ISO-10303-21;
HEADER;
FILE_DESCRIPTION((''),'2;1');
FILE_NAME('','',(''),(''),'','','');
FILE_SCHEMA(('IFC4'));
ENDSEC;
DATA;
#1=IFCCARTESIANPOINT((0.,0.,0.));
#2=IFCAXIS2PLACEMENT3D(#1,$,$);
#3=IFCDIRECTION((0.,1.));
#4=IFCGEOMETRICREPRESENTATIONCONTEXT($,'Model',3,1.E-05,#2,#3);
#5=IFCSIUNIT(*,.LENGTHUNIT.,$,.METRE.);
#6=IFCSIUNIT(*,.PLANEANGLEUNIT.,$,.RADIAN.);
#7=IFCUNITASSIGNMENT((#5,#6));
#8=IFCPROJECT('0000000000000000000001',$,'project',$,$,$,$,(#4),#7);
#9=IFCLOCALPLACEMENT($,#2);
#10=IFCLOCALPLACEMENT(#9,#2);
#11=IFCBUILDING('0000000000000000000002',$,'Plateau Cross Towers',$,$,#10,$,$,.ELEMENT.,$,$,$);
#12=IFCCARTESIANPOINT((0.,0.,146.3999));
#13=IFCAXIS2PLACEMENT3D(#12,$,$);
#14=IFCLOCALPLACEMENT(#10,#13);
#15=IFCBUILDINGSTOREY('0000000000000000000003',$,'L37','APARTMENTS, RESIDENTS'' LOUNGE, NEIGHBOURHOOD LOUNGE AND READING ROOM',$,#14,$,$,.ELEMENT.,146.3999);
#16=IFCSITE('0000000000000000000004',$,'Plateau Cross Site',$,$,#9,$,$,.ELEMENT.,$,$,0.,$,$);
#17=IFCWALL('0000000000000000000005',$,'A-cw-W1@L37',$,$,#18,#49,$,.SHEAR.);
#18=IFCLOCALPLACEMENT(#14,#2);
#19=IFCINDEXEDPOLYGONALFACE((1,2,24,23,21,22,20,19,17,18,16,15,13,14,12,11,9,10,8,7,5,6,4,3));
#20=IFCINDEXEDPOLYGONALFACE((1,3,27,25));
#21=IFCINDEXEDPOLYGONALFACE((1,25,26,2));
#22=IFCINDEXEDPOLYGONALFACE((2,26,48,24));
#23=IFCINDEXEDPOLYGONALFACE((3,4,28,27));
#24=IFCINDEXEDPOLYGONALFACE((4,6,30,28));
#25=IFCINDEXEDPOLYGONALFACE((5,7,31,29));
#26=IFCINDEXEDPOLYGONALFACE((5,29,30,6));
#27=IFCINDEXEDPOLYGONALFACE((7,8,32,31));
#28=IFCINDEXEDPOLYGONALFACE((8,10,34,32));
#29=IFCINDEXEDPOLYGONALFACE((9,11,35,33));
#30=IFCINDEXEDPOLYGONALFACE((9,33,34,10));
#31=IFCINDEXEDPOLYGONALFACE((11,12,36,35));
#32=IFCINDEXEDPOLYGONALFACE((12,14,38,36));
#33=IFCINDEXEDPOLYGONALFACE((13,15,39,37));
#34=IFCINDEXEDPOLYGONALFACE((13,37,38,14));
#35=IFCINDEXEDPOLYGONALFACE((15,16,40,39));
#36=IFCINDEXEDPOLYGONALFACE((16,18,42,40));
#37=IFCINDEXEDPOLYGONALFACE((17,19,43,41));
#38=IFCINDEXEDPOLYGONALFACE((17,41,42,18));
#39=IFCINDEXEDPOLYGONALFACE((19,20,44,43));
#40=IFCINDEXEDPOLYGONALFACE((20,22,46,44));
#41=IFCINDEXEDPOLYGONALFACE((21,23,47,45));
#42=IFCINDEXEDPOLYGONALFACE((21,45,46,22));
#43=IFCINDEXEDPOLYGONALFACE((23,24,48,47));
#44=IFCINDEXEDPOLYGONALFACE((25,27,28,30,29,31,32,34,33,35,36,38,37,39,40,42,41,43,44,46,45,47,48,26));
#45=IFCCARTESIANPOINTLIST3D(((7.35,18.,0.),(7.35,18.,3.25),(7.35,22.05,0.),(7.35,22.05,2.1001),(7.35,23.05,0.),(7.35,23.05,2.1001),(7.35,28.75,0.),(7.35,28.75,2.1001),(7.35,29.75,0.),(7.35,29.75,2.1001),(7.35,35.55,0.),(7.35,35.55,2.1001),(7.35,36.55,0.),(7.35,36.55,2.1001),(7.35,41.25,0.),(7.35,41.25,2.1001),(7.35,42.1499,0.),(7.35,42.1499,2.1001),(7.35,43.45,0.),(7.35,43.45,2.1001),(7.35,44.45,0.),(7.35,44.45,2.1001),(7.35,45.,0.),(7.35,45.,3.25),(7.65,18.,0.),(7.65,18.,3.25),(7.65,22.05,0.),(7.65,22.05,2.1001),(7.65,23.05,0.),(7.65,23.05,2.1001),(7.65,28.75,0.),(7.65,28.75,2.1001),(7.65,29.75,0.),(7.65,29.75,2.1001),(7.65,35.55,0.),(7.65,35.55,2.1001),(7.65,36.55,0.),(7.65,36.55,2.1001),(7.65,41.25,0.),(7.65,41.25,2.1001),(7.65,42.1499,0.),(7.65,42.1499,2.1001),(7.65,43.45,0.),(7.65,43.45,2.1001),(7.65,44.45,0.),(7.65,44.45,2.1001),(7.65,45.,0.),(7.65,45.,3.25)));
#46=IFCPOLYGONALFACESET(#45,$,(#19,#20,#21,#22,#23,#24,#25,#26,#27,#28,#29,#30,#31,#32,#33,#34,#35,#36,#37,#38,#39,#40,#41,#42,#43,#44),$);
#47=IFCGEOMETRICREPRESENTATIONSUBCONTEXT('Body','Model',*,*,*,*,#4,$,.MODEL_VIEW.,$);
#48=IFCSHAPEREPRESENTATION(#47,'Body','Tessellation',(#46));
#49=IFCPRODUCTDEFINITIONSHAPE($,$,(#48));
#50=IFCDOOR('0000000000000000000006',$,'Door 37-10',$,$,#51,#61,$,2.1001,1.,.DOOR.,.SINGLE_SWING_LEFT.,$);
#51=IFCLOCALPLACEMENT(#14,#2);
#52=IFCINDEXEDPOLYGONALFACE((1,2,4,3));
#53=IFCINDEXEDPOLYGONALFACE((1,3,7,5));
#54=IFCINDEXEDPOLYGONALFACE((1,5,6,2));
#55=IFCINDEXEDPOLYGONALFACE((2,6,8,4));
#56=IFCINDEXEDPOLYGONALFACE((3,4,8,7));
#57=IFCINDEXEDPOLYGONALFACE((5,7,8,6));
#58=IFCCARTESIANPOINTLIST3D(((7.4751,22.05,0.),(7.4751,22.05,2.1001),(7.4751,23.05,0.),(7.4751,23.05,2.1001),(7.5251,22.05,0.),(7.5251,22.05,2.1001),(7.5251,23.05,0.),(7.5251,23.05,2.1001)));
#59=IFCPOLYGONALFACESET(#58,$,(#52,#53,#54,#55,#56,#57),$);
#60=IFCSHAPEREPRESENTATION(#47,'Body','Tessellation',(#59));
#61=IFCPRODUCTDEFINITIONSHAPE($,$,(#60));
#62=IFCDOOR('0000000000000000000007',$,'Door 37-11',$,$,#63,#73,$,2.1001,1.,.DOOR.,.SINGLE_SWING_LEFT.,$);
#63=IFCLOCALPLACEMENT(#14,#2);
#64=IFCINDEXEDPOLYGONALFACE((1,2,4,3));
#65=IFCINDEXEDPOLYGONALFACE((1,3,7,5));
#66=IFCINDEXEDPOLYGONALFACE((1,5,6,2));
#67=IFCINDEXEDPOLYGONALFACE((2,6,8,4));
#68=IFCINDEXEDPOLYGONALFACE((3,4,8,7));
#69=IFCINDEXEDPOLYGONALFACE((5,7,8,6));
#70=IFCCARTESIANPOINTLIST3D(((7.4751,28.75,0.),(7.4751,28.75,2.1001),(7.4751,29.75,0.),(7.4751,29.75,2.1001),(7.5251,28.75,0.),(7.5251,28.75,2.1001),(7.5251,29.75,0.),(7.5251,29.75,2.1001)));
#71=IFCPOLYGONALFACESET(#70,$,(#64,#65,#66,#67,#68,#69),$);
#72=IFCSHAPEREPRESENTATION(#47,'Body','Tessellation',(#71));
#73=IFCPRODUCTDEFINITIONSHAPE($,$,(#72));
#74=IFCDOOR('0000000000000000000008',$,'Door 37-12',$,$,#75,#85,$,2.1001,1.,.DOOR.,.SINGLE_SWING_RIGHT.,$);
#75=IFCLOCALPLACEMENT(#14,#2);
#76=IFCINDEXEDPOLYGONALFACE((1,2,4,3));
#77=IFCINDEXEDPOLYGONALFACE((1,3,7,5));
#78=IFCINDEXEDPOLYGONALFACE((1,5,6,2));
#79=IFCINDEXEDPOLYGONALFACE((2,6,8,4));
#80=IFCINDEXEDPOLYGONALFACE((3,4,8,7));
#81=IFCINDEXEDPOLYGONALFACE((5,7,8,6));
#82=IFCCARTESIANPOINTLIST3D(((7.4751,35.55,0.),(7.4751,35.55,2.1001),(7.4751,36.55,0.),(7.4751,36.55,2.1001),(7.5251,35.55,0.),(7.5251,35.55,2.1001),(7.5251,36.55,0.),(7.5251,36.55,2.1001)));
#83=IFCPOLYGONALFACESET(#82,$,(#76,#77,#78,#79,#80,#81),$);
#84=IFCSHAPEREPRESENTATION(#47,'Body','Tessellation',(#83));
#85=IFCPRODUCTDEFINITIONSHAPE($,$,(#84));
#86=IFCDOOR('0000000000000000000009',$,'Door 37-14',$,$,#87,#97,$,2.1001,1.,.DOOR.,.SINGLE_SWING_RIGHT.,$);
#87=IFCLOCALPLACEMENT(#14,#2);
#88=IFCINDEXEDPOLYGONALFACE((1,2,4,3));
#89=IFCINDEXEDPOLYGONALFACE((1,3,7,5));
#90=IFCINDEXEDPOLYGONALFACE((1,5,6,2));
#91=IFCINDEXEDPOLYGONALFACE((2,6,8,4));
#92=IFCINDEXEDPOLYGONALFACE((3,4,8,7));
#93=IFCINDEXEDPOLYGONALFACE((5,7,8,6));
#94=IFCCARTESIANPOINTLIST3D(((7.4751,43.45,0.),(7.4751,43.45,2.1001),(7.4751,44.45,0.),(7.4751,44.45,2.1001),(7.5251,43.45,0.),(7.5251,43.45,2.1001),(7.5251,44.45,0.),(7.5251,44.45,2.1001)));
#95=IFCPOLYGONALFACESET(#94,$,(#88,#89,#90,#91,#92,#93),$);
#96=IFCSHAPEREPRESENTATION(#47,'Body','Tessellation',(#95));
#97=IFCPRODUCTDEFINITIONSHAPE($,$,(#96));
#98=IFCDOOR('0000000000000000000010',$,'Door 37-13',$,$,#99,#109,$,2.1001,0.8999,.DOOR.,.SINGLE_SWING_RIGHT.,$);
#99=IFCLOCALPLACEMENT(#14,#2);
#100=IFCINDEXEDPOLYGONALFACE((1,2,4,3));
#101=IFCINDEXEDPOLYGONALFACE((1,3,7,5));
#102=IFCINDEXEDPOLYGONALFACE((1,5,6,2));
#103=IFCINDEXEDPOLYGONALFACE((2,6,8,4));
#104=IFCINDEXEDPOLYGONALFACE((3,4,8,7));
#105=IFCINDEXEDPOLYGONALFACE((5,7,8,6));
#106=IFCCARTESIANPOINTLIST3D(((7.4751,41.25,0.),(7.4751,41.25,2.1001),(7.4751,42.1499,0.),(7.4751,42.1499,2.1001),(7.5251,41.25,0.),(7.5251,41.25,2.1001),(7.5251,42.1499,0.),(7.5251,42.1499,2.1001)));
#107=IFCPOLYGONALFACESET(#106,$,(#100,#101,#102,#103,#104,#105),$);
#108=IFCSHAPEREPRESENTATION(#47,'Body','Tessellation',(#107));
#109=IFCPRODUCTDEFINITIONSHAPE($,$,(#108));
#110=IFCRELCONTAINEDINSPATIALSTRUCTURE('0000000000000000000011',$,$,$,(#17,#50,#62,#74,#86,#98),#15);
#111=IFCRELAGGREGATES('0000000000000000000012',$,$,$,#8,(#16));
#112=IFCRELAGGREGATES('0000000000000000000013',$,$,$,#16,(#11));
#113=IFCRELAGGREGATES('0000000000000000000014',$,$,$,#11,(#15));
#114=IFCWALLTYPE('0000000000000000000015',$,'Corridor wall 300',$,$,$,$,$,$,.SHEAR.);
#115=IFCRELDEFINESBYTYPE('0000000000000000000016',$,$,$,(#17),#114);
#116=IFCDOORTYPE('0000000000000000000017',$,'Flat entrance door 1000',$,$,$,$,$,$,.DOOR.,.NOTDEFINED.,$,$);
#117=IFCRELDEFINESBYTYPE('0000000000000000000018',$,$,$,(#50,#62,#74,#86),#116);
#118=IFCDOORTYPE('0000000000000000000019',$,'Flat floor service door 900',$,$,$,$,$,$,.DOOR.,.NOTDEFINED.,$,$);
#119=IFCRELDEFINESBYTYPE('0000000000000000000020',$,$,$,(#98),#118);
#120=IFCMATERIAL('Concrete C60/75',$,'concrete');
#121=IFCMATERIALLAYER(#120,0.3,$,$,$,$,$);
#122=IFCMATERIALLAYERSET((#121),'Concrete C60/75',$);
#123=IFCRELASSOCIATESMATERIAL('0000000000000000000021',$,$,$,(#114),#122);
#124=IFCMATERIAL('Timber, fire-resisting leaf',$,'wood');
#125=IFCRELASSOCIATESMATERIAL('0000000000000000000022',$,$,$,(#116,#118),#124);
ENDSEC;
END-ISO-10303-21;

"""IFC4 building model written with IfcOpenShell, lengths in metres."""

from ifc_helpers import new_model, si_unit, direction, frame, frame_2d, origin, place, context, subcontext, project, spatial, rectangle, extrude, material, layer, layer_set, type_object, element, fill, save


model = new_model("IFC4")

# Units and contexts
model_context = context("Model", 3, precision=1e-05, world=origin(), true_north=direction((0.0, 1.0)))
body_context = subcontext(model_context, "Body", "Model", "MODEL_VIEW")
ifc_project = project(units=[si_unit("LENGTHUNIT", "METRE"), si_unit("PLANEANGLEUNIT", "RADIAN")], contexts=[model_context])

# Site, building, storey
site_placement = place(None, origin())
site = spatial("IfcSite", under=ifc_project, at=site_placement, Name="Plateau Cross Site", CompositionType="ELEMENT", RefElevation=0.0)
building_placement = place(site_placement, origin())
building = spatial("IfcBuilding", under=site, at=building_placement, Name="Plateau Cross Towers", CompositionType="ELEMENT")
storey_placement = place(building_placement, frame((0.0, 0.0, 146.3999)))
storey = spatial("IfcBuildingStorey", under=building, at=storey_placement, Name="L37", Description="APARTMENTS, RESIDENTS' LOUNGE, NEIGHBOURHOOD LOUNGE AND READING ROOM", CompositionType="ELEMENT", Elevation=146.3999)

# Wall, openings, doors
ifc_material_1 = material(Name="Concrete C60/75", Category="concrete")
ifc_layer_1 = layer(ifc_material_1, 0.3)
ifc_layer_set_1 = layer_set([ifc_layer_1], Name="Concrete C60/75")
wall_type_1 = type_object("IfcWallType", Name="Corridor wall 300", PredefinedType="SHEAR", material=ifc_layer_set_1)
wall_1_placement = place(storey_placement, frame((7.5, 18.0, 0.0), z_axis=(0.0, 0.0, 1.0), x_axis=(0.0, 1.0, 0.0)))
wall_1 = element("IfcWall", 1, at=wall_1_placement, inside=storey, type_object=wall_type_1, Name="A-cw-W1@L37", PredefinedType="SHEAR", context=body_context, shape_type="SweptSolid", body=[
    extrude(rectangle(XDim=27.0, YDim=0.3, at=frame_2d((13.5, 0.0))), origin(), (0.0, 0.0, 1.0), 3.25),
])
opening_1_placement = place(wall_1_placement, frame((4.05, 0.0, 0.0)))
opening_1 = element("IfcOpeningElement", 2, at=opening_1_placement, cuts=wall_1, PredefinedType="OPENING", context=body_context, shape_type="SweptSolid", body=[
    extrude(rectangle(XDim=1.0, YDim=2.1001, at=frame_2d((0.5, 1.05))), frame((0.0, 0.1599, 0.0), z_axis=(0.0, -1.0, 0.0), x_axis=(1.0, 0.0, 0.0)), (0.0, 0.0, 1.0), 0.3201),
])
opening_2_placement = place(wall_1_placement, frame((10.75, 0.0, 0.0)))
opening_2 = element("IfcOpeningElement", 3, at=opening_2_placement, cuts=wall_1, PredefinedType="OPENING", context=body_context, shape_type="SweptSolid", body=[
    extrude(rectangle(XDim=1.0, YDim=2.1001, at=frame_2d((0.5, 1.05))), frame((0.0, 0.1599, 0.0), z_axis=(0.0, -1.0, 0.0), x_axis=(1.0, 0.0, 0.0)), (0.0, 0.0, 1.0), 0.3201),
])
opening_3_placement = place(wall_1_placement, frame((17.55, 0.0, 0.0)))
opening_3 = element("IfcOpeningElement", 4, at=opening_3_placement, cuts=wall_1, PredefinedType="OPENING", context=body_context, shape_type="SweptSolid", body=[
    extrude(rectangle(XDim=1.0, YDim=2.1001, at=frame_2d((0.5, 1.05))), frame((0.0, 0.1599, 0.0), z_axis=(0.0, -1.0, 0.0), x_axis=(1.0, 0.0, 0.0)), (0.0, 0.0, 1.0), 0.3201),
])
opening_4_placement = place(wall_1_placement, frame((23.25, 0.0, 0.0)))
opening_4 = element("IfcOpeningElement", 5, at=opening_4_placement, cuts=wall_1, PredefinedType="OPENING", context=body_context, shape_type="SweptSolid", body=[
    extrude(rectangle(XDim=0.8999, YDim=2.1001, at=frame_2d((0.45, 1.05))), frame((0.0, 0.1599, 0.0), z_axis=(0.0, -1.0, 0.0), x_axis=(1.0, 0.0, 0.0)), (0.0, 0.0, 1.0), 0.3201),
])
opening_5_placement = place(wall_1_placement, frame((25.45, 0.0, 0.0)))
opening_5 = element("IfcOpeningElement", 6, at=opening_5_placement, cuts=wall_1, PredefinedType="OPENING", context=body_context, shape_type="SweptSolid", body=[
    extrude(rectangle(XDim=1.0, YDim=2.1001, at=frame_2d((0.5, 1.05))), frame((0.0, 0.1599, 0.0), z_axis=(0.0, -1.0, 0.0), x_axis=(1.0, 0.0, 0.0)), (0.0, 0.0, 1.0), 0.3201),
])
ifc_material_2 = material(Name="Timber, fire-resisting leaf", Category="wood")
door_type_1 = type_object("IfcDoorType", Name="Flat entrance door 1000", OperationType="NOTDEFINED", PredefinedType="DOOR", material=ifc_material_2)
door_1_placement = place(opening_1_placement, origin())
door_1 = element("IfcDoor", 7, at=door_1_placement, inside=storey, type_object=door_type_1, Name="Door 37-10", OperationType="SINGLE_SWING_LEFT", OverallHeight=2.1001, OverallWidth=1.0, PredefinedType="DOOR", context=body_context, shape_type="SweptSolid", body=[
    extrude(rectangle(XDim=1.0, YDim=2.1001, at=frame_2d((0.5, 1.05))), frame((0.0, 0.0249, 0.0), z_axis=(0.0, -1.0, 0.0), x_axis=(1.0, 0.0, 0.0)), (0.0, 0.0, 1.0), 0.05),
])
fill(opening_1, door_1)
door_2_placement = place(opening_2_placement, origin())
door_2 = element("IfcDoor", 8, at=door_2_placement, inside=storey, type_object=door_type_1, Name="Door 37-11", OperationType="SINGLE_SWING_LEFT", OverallHeight=2.1001, OverallWidth=1.0, PredefinedType="DOOR", context=body_context, shape_type="SweptSolid", body=[
    extrude(rectangle(XDim=1.0, YDim=2.1001, at=frame_2d((0.5, 1.05))), frame((0.0, 0.0249, 0.0), z_axis=(0.0, -1.0, 0.0), x_axis=(1.0, 0.0, 0.0)), (0.0, 0.0, 1.0), 0.05),
])
fill(opening_2, door_2)
door_3_placement = place(opening_3_placement, origin())
door_3 = element("IfcDoor", 9, at=door_3_placement, inside=storey, type_object=door_type_1, Name="Door 37-12", OperationType="SINGLE_SWING_RIGHT", OverallHeight=2.1001, OverallWidth=1.0, PredefinedType="DOOR", context=body_context, shape_type="SweptSolid", body=[
    extrude(rectangle(XDim=1.0, YDim=2.1001, at=frame_2d((0.5, 1.05))), frame((0.0, 0.0249, 0.0), z_axis=(0.0, -1.0, 0.0), x_axis=(1.0, 0.0, 0.0)), (0.0, 0.0, 1.0), 0.05),
])
fill(opening_3, door_3)
door_4_placement = place(opening_5_placement, origin())
door_4 = element("IfcDoor", 10, at=door_4_placement, inside=storey, type_object=door_type_1, Name="Door 37-14", OperationType="SINGLE_SWING_RIGHT", OverallHeight=2.1001, OverallWidth=1.0, PredefinedType="DOOR", context=body_context, shape_type="SweptSolid", body=[
    extrude(rectangle(XDim=1.0, YDim=2.1001, at=frame_2d((0.5, 1.05))), frame((0.0, 0.0249, 0.0), z_axis=(0.0, -1.0, 0.0), x_axis=(1.0, 0.0, 0.0)), (0.0, 0.0, 1.0), 0.05),
])
fill(opening_5, door_4)
door_type_2 = type_object("IfcDoorType", Name="Flat floor service door 900", OperationType="NOTDEFINED", PredefinedType="DOOR", material=ifc_material_2)
door_5_placement = place(opening_4_placement, origin())
door_5 = element("IfcDoor", 11, at=door_5_placement, inside=storey, type_object=door_type_2, Name="Door 37-13", OperationType="SINGLE_SWING_RIGHT", OverallHeight=2.1001, OverallWidth=0.8999, PredefinedType="DOOR", context=body_context, shape_type="SweptSolid", body=[
    extrude(rectangle(XDim=0.8999, YDim=2.1001, at=frame_2d((0.45, 1.05))), frame((0.0, 0.0249, 0.0), z_axis=(0.0, -1.0, 0.0), x_axis=(1.0, 0.0, 0.0)), (0.0, 0.0, 1.0), 0.05),
])
fill(opening_4, door_5)

save(model, "model.ifc")
